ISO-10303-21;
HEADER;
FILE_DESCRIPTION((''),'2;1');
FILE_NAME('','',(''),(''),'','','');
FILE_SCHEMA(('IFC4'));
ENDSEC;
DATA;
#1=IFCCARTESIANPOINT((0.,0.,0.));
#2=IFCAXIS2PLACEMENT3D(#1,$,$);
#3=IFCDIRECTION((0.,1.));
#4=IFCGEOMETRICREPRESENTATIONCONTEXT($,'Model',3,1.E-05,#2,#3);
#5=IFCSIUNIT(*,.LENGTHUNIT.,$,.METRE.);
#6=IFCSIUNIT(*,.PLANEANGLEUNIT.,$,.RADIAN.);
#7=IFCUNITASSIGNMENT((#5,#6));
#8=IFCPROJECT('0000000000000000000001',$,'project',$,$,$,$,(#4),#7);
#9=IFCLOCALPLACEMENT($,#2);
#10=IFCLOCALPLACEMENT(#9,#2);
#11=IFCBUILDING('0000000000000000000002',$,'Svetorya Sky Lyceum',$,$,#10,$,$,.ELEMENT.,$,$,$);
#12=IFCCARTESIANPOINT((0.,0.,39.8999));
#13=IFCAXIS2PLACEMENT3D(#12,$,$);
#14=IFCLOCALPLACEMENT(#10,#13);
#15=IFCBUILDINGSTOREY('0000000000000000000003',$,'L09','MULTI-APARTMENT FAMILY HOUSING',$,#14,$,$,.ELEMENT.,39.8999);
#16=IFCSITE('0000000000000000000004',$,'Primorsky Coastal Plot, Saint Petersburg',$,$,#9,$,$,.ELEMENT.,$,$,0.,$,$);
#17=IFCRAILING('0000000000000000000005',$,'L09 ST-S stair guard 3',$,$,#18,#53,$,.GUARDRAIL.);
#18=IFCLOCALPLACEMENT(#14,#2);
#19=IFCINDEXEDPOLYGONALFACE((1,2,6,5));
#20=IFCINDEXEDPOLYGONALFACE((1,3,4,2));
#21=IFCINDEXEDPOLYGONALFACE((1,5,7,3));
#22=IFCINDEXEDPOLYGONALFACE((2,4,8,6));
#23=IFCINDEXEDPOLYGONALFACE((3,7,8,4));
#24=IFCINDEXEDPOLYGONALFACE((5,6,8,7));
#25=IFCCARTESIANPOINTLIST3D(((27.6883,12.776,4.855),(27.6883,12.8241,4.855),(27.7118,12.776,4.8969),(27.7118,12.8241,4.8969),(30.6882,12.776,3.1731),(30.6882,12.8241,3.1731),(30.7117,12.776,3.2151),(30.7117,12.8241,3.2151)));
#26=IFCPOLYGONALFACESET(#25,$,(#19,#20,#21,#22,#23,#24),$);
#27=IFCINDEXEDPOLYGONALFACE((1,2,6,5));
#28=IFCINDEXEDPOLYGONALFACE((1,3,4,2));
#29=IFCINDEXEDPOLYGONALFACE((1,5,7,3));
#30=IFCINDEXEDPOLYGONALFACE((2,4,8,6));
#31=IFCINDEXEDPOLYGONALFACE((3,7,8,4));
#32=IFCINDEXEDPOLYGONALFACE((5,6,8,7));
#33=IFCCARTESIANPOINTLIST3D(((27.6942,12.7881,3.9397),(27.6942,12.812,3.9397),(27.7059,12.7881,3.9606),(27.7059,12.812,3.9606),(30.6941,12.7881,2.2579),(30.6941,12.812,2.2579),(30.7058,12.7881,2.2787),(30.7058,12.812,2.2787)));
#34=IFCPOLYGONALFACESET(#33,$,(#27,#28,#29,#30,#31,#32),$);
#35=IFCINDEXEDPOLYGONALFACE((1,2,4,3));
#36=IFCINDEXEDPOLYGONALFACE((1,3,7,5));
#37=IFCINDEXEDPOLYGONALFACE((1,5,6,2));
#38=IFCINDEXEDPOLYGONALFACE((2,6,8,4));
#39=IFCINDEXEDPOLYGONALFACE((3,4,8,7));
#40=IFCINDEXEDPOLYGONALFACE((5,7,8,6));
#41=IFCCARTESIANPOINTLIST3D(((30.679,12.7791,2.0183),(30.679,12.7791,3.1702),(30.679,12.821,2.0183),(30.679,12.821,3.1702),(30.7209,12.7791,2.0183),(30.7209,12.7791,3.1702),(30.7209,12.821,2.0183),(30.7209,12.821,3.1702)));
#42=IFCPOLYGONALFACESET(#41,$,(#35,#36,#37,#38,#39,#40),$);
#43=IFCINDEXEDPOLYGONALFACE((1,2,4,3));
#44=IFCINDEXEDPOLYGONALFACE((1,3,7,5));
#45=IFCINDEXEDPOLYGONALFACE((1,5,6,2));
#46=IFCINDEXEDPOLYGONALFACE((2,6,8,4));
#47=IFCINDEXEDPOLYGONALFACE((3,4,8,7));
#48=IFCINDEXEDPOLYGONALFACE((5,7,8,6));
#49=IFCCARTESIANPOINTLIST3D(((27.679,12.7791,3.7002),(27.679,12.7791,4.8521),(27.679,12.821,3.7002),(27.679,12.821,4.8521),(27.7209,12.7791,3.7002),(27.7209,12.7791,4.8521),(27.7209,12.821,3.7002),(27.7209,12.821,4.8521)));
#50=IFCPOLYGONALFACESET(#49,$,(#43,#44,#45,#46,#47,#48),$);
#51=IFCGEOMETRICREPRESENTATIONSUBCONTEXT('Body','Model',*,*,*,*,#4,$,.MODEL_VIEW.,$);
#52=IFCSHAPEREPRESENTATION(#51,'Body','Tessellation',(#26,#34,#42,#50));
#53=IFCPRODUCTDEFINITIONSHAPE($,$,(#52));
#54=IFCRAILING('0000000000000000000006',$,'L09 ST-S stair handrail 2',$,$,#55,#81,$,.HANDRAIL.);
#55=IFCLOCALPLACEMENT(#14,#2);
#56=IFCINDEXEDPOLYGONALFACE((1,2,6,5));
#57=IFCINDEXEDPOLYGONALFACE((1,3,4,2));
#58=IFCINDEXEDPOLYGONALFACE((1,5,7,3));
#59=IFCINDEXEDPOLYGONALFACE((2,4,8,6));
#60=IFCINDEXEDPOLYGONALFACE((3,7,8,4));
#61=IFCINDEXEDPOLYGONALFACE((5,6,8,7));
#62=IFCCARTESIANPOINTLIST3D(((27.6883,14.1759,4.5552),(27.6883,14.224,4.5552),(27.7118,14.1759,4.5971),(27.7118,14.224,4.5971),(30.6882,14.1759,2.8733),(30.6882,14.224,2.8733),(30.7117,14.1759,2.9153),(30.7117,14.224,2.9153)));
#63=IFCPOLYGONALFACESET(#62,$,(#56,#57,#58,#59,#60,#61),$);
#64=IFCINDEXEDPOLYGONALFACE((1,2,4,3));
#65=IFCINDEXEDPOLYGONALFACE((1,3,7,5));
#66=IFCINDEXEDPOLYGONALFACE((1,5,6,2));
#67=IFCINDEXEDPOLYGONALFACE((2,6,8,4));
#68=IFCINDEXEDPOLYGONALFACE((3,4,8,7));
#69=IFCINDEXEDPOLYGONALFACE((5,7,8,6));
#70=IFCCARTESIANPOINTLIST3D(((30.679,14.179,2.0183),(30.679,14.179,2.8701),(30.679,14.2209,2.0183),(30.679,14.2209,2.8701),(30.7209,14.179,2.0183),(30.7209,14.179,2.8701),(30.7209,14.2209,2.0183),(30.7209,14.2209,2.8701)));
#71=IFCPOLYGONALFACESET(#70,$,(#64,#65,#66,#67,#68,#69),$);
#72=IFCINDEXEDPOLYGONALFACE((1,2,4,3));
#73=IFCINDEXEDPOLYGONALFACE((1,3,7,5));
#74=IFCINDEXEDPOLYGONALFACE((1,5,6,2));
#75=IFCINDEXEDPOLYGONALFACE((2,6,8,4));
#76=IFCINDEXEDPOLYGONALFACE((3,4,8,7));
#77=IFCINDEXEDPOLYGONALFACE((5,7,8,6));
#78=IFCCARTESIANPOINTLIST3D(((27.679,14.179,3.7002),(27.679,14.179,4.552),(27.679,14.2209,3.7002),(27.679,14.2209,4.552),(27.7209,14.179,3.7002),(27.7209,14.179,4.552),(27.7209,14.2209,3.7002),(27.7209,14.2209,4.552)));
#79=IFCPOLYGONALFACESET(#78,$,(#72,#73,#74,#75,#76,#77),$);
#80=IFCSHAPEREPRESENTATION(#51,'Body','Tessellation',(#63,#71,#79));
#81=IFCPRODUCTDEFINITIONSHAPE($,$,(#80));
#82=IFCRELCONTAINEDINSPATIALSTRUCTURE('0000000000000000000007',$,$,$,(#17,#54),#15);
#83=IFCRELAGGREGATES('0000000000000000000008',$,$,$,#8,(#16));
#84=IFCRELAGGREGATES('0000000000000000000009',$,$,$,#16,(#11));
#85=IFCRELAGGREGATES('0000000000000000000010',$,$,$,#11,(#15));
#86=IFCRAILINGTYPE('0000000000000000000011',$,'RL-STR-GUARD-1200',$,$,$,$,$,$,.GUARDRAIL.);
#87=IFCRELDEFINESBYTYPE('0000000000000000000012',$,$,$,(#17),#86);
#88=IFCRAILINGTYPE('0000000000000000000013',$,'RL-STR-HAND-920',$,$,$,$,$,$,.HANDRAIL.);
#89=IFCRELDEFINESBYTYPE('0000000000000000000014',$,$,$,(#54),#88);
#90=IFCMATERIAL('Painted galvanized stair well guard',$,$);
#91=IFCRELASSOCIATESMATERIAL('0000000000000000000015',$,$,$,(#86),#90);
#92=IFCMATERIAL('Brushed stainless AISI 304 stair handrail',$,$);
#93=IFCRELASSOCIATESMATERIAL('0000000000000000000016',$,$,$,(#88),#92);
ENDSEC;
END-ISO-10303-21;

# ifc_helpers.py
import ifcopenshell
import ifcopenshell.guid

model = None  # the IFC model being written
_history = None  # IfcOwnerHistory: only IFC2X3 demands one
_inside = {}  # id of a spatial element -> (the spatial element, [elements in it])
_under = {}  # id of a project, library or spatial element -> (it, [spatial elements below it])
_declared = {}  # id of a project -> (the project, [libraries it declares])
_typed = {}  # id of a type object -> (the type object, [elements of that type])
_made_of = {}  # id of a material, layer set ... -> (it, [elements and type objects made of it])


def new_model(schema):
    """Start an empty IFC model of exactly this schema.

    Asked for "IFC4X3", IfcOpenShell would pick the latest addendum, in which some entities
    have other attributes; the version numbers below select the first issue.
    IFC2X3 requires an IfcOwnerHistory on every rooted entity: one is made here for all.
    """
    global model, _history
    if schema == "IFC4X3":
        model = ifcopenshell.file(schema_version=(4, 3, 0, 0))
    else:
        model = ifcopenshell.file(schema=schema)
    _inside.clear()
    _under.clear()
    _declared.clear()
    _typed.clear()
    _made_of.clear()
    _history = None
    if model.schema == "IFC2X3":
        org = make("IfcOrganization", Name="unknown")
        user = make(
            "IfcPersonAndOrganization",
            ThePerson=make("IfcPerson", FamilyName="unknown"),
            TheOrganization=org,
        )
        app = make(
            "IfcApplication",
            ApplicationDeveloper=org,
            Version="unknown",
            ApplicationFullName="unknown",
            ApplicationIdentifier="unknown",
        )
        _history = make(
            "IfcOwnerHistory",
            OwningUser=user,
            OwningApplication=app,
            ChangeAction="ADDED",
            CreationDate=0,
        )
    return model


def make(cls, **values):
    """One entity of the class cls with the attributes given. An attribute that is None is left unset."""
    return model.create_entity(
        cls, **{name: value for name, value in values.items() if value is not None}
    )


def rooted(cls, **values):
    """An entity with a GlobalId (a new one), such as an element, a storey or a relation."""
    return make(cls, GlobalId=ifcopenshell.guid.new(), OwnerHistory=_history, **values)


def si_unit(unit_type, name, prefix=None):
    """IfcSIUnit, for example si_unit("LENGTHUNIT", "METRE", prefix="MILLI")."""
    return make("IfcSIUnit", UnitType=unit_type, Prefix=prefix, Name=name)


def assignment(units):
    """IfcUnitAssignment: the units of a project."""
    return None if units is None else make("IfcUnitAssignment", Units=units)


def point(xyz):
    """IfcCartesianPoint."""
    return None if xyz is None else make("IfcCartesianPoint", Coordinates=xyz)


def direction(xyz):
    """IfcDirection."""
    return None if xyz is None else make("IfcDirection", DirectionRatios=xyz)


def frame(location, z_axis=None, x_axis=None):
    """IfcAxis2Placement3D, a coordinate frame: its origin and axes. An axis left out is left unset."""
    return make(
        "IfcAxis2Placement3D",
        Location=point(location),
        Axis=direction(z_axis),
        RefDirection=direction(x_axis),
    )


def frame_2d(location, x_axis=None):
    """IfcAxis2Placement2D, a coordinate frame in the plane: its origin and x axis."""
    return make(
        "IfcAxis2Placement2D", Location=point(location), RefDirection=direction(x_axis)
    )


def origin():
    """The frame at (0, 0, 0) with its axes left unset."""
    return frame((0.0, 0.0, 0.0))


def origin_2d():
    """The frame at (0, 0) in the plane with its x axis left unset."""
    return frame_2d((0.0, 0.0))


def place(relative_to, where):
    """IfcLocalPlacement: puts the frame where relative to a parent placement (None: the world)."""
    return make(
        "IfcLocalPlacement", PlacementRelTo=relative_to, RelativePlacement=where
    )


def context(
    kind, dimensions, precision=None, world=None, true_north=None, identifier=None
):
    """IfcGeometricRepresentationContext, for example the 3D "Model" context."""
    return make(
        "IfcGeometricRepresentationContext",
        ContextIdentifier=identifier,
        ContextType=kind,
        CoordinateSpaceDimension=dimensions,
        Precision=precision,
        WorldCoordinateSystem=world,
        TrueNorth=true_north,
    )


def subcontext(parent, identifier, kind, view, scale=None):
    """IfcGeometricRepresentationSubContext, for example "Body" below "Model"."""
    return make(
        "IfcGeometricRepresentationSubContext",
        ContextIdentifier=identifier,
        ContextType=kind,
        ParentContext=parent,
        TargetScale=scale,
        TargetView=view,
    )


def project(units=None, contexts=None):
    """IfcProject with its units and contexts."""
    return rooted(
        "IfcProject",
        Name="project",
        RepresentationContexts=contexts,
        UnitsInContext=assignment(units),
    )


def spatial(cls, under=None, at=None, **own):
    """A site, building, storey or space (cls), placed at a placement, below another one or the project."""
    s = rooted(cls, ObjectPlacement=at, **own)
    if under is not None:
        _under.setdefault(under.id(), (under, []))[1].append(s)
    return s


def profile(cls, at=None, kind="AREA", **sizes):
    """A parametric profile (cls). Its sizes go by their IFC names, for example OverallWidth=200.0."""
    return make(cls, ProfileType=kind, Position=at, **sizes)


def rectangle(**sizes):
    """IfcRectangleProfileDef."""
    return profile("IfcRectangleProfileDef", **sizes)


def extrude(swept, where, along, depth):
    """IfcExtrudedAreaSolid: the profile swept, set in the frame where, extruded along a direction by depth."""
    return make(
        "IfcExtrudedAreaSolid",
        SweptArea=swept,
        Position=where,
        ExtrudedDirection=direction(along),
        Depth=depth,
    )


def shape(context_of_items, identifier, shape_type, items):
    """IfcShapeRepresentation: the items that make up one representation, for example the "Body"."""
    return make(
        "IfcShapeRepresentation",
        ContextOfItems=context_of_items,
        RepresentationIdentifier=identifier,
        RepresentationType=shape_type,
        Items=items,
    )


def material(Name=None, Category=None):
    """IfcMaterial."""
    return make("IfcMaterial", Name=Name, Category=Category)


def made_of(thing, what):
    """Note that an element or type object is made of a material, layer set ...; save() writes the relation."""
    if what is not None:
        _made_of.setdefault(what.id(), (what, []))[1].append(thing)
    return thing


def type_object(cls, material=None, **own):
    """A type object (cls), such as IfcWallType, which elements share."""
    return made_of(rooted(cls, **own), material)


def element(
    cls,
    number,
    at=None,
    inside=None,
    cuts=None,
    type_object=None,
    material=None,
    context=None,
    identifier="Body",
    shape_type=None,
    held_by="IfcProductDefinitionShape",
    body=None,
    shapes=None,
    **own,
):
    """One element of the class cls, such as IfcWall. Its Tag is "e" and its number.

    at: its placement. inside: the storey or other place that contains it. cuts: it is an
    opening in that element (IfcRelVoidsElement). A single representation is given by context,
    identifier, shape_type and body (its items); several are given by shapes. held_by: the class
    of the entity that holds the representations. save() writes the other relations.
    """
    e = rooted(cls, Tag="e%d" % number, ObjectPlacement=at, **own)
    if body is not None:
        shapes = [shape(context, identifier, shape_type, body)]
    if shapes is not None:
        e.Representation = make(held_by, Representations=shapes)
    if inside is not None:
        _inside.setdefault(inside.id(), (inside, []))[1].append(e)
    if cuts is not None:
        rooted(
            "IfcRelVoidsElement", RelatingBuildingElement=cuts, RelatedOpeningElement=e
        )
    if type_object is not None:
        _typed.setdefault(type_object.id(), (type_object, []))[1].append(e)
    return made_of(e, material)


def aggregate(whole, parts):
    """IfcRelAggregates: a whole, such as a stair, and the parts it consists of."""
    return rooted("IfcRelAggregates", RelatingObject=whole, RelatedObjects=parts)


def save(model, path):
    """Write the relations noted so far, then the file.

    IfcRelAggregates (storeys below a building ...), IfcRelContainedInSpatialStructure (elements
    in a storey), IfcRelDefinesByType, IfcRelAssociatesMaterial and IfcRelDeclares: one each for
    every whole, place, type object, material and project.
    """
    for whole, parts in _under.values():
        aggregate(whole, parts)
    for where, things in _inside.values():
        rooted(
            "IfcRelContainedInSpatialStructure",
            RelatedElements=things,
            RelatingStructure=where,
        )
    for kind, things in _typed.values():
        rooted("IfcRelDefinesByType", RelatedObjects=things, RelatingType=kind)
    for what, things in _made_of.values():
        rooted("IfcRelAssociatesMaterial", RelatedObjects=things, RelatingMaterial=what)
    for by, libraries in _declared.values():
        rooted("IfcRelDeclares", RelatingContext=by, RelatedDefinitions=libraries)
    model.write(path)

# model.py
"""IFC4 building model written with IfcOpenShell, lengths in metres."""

from ifc_helpers import new_model, si_unit, direction, frame, origin, origin_2d, place, context, subcontext, project, spatial, rectangle, extrude, material, type_object, element, save


model = new_model("IFC4")

# Units and contexts
model_context = context("Model", 3, precision=1e-05, world=origin(), true_north=direction((0.0, 1.0)))
body_context = subcontext(model_context, "Body", "Model", "MODEL_VIEW")
ifc_project = project(units=[si_unit("LENGTHUNIT", "METRE"), si_unit("PLANEANGLEUNIT", "RADIAN")], contexts=[model_context])

# Site, building, storey
site_placement = place(None, origin())
site = spatial("IfcSite", under=ifc_project, at=site_placement, Name="Primorsky Coastal Plot, Saint Petersburg", CompositionType="ELEMENT", RefElevation=0.0)
building_placement = place(site_placement, origin())
building = spatial("IfcBuilding", under=site, at=building_placement, Name="Svetorya Sky Lyceum", CompositionType="ELEMENT")
storey_placement = place(building_placement, frame((0.0, 0.0, 39.8999)))
storey = spatial("IfcBuildingStorey", under=building, at=storey_placement, Name="L09", Description="MULTI-APARTMENT FAMILY HOUSING", CompositionType="ELEMENT", Elevation=39.8999)

# Railings
ifc_material_1 = material(Name="Painted galvanized stair well guard")
railing_type_1 = type_object("IfcRailingType", Name="RL-STR-GUARD-1200", PredefinedType="GUARDRAIL", material=ifc_material_1)
railing_1_placement = place(storey_placement, frame((30.7, 12.8, 2.0183)))
element("IfcRailing", 1, at=railing_1_placement, inside=storey, type_object=railing_type_1, Name="L09 ST-S stair guard 3", PredefinedType="GUARDRAIL", context=body_context, shape_type="SweptSolid", body=[
    extrude(rectangle(XDim=0.0481, YDim=0.0481, at=origin_2d()), frame((0.0, 0.0, 1.1758), z_axis=(-0.872272, 0.0, 0.48902), x_axis=(0.0, -1.0, 0.0)), (0.0, 0.0, 1.0), 3.4392),
    extrude(rectangle(XDim=0.0239, YDim=0.0239, at=origin_2d()), frame((0.0, 0.0, 0.25), z_axis=(-0.872272, 0.0, 0.48902), x_axis=(0.0, -1.0, 0.0)), (0.0, 0.0, 1.0), 3.4392),
    extrude(rectangle(XDim=0.042, YDim=0.042, at=origin_2d()), origin(), (0.0, 0.0, 1.0), 1.1519),
    extrude(rectangle(XDim=0.042, YDim=0.042, at=origin_2d()), frame((-3.0, 0.0, 1.6819)), (0.0, 0.0, 1.0), 1.1519),
])
ifc_material_2 = material(Name="Brushed stainless AISI 304 stair handrail")
railing_type_2 = type_object("IfcRailingType", Name="RL-STR-HAND-920", PredefinedType="HANDRAIL", material=ifc_material_2)
railing_2_placement = place(storey_placement, frame((30.7, 14.2, 2.0183)))
element("IfcRailing", 2, at=railing_2_placement, inside=storey, type_object=railing_type_2, Name="L09 ST-S stair handrail 2", PredefinedType="HANDRAIL", context=body_context, shape_type="SweptSolid", body=[
    extrude(rectangle(XDim=0.0481, YDim=0.0481, at=origin_2d()), frame((0.0, 0.0, 0.876), z_axis=(-0.872272, 0.0, 0.48902), x_axis=(0.0, -1.0, 0.0)), (0.0, 0.0, 1.0), 3.4392),
    extrude(rectangle(XDim=0.042, YDim=0.042, at=origin_2d()), origin(), (0.0, 0.0, 1.0), 0.8518),
    extrude(rectangle(XDim=0.042, YDim=0.042, at=origin_2d()), frame((-3.0, 0.0, 1.6819)), (0.0, 0.0, 1.0), 0.8518),
])

save(model, "model.ifc")
